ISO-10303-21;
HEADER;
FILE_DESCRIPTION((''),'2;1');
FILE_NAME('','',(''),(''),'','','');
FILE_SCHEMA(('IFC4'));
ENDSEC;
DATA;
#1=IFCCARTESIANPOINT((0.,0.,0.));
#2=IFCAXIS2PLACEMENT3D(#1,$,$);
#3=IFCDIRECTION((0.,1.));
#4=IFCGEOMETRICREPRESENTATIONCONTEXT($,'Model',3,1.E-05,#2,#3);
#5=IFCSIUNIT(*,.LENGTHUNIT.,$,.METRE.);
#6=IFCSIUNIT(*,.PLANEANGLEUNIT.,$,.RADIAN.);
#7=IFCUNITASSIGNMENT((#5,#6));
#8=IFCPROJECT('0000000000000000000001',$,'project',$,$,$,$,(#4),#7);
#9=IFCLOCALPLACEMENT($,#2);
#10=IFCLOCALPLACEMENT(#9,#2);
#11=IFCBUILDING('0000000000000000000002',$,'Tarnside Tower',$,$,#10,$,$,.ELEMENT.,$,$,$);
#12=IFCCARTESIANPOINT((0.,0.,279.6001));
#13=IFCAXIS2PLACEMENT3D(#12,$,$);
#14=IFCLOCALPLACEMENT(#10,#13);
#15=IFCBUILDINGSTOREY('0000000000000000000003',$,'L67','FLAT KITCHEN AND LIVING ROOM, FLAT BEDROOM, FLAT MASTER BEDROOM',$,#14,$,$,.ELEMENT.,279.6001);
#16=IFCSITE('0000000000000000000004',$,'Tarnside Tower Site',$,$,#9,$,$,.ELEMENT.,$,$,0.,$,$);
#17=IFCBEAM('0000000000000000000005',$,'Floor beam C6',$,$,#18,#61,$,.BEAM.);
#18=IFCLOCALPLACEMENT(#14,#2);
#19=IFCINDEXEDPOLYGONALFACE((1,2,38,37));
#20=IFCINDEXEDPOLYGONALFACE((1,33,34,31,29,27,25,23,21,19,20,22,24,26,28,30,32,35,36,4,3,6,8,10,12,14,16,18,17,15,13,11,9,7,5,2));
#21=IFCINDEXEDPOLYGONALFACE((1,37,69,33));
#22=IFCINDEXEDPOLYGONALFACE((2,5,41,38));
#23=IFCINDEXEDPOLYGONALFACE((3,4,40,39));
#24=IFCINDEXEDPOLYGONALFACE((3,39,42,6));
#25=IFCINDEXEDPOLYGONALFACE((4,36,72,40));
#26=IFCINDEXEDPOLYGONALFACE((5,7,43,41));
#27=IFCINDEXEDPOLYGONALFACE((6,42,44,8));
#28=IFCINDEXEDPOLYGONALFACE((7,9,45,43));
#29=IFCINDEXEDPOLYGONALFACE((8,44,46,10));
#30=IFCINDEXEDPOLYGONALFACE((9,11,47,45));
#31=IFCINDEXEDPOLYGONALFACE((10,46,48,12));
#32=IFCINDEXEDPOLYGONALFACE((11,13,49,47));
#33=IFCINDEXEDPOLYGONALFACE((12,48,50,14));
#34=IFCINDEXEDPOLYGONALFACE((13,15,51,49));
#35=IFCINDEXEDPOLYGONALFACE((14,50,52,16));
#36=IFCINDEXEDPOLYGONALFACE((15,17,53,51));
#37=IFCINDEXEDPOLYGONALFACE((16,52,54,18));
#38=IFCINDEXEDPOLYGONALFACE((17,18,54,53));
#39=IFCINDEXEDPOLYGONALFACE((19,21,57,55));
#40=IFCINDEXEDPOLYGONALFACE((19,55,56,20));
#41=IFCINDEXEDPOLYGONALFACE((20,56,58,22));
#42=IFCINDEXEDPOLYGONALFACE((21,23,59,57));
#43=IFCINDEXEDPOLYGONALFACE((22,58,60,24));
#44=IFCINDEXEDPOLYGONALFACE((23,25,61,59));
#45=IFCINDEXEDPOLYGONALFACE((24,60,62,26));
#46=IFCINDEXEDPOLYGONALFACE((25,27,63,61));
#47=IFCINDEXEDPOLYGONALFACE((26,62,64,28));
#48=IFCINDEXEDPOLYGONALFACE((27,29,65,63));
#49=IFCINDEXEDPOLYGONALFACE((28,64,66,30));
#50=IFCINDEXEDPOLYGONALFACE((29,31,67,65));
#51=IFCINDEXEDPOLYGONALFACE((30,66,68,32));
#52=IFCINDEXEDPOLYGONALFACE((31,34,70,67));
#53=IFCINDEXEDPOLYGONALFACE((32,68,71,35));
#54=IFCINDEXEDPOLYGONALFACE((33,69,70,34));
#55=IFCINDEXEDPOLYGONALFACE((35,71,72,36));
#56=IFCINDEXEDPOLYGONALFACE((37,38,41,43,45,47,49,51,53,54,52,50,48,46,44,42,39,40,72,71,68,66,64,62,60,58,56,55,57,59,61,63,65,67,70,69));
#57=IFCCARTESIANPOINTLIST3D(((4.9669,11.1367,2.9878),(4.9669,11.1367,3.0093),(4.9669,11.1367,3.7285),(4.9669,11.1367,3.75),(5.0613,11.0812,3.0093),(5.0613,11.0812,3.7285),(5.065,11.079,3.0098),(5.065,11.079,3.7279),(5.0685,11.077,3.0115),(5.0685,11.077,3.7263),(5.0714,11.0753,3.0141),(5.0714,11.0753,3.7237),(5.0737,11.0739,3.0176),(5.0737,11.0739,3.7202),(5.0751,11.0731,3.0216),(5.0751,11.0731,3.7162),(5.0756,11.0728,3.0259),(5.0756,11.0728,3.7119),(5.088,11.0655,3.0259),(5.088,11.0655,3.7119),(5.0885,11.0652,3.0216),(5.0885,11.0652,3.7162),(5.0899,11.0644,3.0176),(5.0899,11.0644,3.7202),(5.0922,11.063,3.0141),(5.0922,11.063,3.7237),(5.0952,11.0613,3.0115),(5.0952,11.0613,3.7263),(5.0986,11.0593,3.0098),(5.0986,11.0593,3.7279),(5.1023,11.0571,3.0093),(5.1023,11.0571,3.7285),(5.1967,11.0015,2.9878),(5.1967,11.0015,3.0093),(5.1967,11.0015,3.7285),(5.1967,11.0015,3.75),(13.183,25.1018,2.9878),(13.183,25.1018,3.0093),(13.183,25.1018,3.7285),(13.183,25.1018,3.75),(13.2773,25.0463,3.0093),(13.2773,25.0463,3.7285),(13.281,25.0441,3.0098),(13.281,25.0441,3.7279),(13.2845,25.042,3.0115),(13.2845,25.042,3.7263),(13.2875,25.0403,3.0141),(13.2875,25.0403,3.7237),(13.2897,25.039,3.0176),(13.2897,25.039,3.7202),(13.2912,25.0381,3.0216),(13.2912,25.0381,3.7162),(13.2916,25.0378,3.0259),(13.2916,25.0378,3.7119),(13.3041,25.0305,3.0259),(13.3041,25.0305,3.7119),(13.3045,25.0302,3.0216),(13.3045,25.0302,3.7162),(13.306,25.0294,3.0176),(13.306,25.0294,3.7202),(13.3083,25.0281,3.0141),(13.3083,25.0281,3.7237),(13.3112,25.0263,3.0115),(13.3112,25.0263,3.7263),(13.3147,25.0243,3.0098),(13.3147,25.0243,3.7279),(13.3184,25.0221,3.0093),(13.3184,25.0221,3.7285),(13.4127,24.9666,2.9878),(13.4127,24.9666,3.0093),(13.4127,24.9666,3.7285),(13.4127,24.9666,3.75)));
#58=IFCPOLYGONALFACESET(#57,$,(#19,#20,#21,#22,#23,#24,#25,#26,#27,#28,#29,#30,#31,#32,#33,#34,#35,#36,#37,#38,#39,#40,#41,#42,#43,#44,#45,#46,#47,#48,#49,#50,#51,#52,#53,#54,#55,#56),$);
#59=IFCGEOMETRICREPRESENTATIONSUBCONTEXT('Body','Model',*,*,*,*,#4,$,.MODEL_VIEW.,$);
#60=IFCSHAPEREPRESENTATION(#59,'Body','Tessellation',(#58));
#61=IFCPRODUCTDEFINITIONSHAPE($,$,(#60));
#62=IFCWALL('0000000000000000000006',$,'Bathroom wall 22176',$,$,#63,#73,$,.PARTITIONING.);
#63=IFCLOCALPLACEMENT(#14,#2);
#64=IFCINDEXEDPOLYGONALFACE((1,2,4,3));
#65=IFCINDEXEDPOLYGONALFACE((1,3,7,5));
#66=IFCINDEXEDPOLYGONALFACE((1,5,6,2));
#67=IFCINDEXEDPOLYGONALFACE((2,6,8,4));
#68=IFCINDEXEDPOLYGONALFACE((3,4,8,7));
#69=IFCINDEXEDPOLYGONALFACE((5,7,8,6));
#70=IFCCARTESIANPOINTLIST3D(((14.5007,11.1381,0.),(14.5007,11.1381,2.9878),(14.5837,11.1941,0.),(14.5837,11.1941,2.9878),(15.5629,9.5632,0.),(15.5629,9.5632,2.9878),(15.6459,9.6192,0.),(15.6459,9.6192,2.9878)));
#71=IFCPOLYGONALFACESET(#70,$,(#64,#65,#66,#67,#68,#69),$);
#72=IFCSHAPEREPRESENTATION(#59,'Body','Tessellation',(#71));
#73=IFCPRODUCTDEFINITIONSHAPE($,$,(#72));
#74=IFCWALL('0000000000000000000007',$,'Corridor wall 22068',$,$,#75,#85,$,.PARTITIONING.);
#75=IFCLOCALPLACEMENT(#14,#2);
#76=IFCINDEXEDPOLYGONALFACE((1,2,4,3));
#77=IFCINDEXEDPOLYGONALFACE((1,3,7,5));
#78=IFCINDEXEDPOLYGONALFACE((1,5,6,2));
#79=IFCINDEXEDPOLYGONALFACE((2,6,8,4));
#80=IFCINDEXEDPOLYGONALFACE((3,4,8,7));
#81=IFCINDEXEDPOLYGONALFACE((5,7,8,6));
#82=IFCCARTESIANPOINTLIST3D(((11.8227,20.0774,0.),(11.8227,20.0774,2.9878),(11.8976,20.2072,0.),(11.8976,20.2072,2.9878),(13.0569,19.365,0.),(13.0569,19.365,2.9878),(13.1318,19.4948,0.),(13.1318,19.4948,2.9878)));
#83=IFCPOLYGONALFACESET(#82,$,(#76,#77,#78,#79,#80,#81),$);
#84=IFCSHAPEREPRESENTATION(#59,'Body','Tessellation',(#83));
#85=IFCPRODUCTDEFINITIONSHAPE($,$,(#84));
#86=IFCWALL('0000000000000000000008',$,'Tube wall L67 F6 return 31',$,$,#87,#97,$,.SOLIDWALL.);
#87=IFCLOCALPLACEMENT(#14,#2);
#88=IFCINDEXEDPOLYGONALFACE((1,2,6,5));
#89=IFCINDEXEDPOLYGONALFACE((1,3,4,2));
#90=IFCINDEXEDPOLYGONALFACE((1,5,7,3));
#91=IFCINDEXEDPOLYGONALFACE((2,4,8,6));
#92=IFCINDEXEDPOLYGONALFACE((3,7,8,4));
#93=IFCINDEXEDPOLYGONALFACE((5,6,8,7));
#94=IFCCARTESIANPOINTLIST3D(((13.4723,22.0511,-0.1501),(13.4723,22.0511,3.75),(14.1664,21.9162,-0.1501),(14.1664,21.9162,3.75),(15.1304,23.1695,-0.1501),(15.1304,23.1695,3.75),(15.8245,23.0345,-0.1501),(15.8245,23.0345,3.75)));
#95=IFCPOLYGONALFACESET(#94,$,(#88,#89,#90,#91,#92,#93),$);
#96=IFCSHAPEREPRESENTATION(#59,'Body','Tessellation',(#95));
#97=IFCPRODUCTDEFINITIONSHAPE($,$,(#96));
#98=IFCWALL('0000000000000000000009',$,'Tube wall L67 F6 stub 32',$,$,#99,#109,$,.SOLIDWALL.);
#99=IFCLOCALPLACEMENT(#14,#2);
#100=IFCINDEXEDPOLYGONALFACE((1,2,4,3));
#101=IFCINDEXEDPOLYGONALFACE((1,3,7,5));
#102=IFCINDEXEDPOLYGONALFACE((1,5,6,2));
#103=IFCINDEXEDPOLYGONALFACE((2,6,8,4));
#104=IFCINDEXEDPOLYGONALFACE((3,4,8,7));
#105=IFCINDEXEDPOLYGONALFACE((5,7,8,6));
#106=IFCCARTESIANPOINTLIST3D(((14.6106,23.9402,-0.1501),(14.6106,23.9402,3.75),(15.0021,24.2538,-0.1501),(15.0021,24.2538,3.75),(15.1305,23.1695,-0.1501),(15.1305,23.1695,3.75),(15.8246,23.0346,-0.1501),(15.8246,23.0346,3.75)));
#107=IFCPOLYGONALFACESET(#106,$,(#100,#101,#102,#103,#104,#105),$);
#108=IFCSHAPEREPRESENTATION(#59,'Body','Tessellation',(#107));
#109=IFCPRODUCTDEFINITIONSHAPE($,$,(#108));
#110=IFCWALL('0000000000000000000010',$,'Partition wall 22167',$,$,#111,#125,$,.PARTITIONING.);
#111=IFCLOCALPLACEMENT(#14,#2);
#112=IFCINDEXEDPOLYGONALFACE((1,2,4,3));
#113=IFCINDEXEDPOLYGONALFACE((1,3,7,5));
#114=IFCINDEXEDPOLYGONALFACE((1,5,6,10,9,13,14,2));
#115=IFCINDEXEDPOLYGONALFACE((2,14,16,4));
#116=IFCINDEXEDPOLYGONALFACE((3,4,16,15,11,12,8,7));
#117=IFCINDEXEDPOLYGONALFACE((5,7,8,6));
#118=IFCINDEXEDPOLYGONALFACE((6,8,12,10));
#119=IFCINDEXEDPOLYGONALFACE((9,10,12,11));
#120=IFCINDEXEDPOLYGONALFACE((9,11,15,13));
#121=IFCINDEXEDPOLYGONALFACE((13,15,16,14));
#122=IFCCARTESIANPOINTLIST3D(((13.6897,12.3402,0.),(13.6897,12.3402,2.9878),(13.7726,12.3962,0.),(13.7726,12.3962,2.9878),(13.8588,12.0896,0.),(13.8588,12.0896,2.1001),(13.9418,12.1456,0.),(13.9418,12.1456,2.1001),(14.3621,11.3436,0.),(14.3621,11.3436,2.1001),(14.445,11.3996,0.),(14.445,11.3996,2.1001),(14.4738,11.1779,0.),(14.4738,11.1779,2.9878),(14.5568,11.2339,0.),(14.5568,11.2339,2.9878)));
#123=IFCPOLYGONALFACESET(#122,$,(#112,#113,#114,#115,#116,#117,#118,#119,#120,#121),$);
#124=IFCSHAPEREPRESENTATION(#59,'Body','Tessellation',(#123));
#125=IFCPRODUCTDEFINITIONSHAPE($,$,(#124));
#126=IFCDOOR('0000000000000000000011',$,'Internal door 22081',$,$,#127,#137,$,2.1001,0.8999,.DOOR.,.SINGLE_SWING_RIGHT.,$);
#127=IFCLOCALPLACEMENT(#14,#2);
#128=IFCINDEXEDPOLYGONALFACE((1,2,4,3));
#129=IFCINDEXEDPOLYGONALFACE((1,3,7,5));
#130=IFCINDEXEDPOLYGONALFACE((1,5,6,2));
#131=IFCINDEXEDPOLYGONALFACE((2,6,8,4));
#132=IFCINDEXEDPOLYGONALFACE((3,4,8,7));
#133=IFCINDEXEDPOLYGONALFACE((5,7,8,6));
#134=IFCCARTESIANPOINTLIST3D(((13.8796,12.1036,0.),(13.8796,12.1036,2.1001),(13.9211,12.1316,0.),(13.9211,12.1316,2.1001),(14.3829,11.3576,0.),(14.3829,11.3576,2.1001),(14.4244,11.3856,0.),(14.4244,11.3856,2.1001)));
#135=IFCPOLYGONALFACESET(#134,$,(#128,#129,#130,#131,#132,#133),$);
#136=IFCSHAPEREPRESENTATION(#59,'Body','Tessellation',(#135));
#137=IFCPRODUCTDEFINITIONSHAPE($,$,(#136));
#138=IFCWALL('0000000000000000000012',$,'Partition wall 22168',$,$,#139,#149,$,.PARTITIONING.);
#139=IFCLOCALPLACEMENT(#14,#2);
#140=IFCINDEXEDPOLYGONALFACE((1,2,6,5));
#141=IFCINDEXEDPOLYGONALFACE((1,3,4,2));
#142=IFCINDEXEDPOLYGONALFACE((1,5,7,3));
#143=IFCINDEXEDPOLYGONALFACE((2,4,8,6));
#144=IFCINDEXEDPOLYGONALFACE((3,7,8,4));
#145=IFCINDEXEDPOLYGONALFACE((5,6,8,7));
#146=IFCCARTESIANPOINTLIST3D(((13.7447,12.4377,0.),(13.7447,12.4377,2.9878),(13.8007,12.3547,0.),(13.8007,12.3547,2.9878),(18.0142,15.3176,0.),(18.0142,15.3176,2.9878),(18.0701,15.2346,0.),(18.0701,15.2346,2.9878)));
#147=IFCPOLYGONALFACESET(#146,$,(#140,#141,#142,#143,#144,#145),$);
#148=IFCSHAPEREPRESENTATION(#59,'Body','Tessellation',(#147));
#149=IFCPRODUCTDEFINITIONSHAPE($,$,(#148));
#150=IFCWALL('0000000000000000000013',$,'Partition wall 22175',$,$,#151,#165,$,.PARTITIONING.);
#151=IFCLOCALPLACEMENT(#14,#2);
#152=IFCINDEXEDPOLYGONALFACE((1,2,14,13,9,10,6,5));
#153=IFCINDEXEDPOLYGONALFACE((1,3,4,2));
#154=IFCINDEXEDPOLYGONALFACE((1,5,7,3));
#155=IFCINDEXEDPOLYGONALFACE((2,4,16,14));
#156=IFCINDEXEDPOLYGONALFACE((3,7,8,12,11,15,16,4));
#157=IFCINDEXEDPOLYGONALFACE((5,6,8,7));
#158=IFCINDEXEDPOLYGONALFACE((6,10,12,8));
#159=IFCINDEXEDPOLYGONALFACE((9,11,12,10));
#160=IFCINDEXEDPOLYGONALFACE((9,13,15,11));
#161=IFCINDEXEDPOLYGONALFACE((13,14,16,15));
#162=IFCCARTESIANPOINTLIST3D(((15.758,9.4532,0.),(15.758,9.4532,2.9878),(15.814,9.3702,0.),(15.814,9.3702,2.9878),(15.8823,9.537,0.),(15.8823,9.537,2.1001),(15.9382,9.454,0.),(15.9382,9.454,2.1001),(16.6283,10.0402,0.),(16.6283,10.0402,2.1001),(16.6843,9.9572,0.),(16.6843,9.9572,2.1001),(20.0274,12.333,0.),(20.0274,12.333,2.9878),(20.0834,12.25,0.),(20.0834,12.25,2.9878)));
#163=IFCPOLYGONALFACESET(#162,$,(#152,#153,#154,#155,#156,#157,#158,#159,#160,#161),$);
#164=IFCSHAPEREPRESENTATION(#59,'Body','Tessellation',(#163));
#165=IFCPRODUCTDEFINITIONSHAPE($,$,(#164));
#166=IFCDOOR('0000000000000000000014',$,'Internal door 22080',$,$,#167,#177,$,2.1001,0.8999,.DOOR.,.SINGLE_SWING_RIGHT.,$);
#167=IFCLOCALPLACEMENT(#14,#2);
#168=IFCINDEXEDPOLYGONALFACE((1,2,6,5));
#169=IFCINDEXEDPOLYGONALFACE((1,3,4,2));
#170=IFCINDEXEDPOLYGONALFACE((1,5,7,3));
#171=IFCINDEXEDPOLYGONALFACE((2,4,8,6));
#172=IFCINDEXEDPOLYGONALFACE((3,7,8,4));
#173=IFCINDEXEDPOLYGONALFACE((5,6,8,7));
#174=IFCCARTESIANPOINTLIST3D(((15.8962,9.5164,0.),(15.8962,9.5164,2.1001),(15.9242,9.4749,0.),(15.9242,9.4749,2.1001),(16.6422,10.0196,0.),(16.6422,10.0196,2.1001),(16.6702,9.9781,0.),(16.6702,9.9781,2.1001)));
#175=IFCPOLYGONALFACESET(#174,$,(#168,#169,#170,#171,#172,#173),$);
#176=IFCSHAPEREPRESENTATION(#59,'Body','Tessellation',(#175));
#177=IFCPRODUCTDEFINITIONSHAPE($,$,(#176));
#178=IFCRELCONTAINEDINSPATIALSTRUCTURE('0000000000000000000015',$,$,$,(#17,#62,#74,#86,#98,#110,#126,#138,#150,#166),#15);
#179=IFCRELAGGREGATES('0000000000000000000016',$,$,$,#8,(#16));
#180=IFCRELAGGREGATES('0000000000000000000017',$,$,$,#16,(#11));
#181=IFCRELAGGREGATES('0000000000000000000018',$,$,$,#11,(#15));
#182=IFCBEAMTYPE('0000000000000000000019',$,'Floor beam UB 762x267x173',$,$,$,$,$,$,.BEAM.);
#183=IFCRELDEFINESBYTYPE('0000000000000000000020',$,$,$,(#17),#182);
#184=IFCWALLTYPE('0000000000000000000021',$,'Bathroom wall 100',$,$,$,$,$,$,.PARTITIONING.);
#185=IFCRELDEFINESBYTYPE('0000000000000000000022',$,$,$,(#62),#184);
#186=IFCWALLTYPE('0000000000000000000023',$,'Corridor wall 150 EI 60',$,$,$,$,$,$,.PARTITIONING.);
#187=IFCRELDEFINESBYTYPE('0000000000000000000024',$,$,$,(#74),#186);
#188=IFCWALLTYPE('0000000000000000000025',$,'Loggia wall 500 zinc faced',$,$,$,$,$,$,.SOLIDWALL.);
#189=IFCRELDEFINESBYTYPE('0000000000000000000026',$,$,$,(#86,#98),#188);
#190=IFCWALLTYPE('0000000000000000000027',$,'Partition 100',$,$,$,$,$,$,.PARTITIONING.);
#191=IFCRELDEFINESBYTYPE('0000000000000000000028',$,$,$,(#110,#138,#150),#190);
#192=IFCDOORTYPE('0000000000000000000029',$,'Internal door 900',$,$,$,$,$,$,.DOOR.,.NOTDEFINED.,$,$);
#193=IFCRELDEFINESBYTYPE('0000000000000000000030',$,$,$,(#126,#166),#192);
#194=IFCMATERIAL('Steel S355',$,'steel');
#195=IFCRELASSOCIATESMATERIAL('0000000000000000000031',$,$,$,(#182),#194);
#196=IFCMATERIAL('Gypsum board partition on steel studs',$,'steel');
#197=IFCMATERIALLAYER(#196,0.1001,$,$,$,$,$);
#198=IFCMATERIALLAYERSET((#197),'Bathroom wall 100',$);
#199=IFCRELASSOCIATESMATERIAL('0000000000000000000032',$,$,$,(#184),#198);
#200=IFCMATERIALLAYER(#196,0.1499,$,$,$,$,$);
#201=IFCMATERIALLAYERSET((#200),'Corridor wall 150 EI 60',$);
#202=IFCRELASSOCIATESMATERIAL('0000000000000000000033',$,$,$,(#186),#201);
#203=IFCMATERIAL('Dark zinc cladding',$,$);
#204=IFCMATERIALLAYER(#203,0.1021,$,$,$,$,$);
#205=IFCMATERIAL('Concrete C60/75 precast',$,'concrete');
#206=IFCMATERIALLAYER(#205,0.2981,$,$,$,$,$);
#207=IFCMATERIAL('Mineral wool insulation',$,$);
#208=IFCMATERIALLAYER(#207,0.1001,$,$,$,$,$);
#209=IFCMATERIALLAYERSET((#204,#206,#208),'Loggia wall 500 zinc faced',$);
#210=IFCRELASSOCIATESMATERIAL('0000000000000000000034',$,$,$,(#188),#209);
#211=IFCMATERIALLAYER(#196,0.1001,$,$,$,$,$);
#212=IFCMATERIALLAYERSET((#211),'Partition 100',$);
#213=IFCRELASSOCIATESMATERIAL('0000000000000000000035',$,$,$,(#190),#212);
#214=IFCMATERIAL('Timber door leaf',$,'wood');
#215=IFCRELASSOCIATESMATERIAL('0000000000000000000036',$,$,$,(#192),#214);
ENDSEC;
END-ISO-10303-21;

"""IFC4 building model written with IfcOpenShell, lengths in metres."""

from ifc_helpers import new_model, si_unit, direction, frame, frame_2d, origin, origin_2d, place, context, subcontext, project, spatial, polyline, rectangle, i_section, outline, extrude, material, layer, layer_set, material_profile, profile_set, type_object, element, fill, save


model = new_model("IFC4")

# Units and contexts
model_context = context("Model", 3, precision=1e-05, world=origin(), true_north=direction((0.0, 1.0)))
body_context = subcontext(model_context, "Body", "Model", "MODEL_VIEW")
ifc_project = project(units=[si_unit("LENGTHUNIT", "METRE"), si_unit("PLANEANGLEUNIT", "RADIAN")], contexts=[model_context])

# Site, building, storey
site_placement = place(None, origin())
site = spatial("IfcSite", under=ifc_project, at=site_placement, Name="Tarnside Tower Site", CompositionType="ELEMENT", RefElevation=0.0)
building_placement = place(site_placement, origin())
building = spatial("IfcBuilding", under=site, at=building_placement, Name="Tarnside Tower", CompositionType="ELEMENT")
storey_placement = place(building_placement, frame((0.0, 0.0, 279.6001)))
storey = spatial("IfcBuildingStorey", under=building, at=storey_placement, Name="L67", Description="FLAT KITCHEN AND LIVING ROOM, FLAT BEDROOM, FLAT MASTER BEDROOM", CompositionType="ELEMENT", Elevation=279.6001)

# Beam
ifc_material_1 = material(Name="Steel S355", Category="steel")
ifc_material_profile_1 = material_profile(ifc_material_1, i_section(OverallWidth=0.2666, OverallDepth=0.7622, WebThickness=0.0144, FlangeThickness=0.0215, FilletRadius=0.0166, at=origin_2d()), Name="UB 762x267x173")
ifc_profile_set_1 = profile_set([ifc_material_profile_1], Name="Steel S355")
beam_type_1 = type_object("IfcBeamType", Name="Floor beam UB 762x267x173", PredefinedType="BEAM", material=ifc_profile_set_1)
beam_1_placement = place(storey_placement, frame((13.2979, 25.0342, 3.3689), z_axis=(-0.50708, -0.861899, 0.0), x_axis=(0.861899, -0.50708, 0.0)))
element("IfcBeam", 1, at=beam_1_placement, inside=storey, type_object=beam_type_1, Name="Floor beam C6", PredefinedType="BEAM", context=body_context, shape_type="SweptSolid", body=[
    extrude(i_section(OverallWidth=0.2666, OverallDepth=0.7622, WebThickness=0.0144, FlangeThickness=0.0215, FilletRadius=0.0166, at=origin_2d()), origin(), (0.0, 0.0, 1.0), 16.2026),
])

# Walls
ifc_material_2 = material(Name="Gypsum board partition on steel studs", Category="steel")
ifc_layer_1 = layer(ifc_material_2, 0.1001)
ifc_layer_set_1 = layer_set([ifc_layer_1], Name="Bathroom wall 100")
wall_type_1 = type_object("IfcWallType", Name="Bathroom wall 100", PredefinedType="PARTITIONING", material=ifc_layer_set_1)
wall_1_placement = place(storey_placement, frame((14.5422, 11.166, 0.0), z_axis=(0.0, 0.0, 1.0), x_axis=(0.55917, -0.829053, 0.0)))
element("IfcWall", 2, at=wall_1_placement, inside=storey, type_object=wall_type_1, Name="Bathroom wall 22176", PredefinedType="PARTITIONING", context=body_context, shape_type="SweptSolid", body=[
    extrude(rectangle(XDim=1.8997, YDim=0.1001, at=frame_2d((0.9497, 0.0))), origin(), (0.0, 0.0, 1.0), 2.9878),
])
ifc_layer_2 = layer(ifc_material_2, 0.1499)
ifc_layer_set_2 = layer_set([ifc_layer_2], Name="Corridor wall 150 EI 60")
wall_type_2 = type_object("IfcWallType", Name="Corridor wall 150 EI 60", PredefinedType="PARTITIONING", material=ifc_layer_set_2)
wall_2_placement = place(storey_placement, frame((13.0942, 19.4299, 0.0), z_axis=(0.0, 0.0, 1.0), x_axis=(-0.866063, 0.499935, 0.0)))
element("IfcWall", 3, at=wall_2_placement, inside=storey, type_object=wall_type_2, Name="Corridor wall 22068", PredefinedType="PARTITIONING", context=body_context, shape_type="SweptSolid", body=[
    extrude(rectangle(XDim=1.425, YDim=0.1499, at=frame_2d((0.7124, 0.0))), origin(), (0.0, 0.0, 1.0), 2.9878),
])
ifc_material_3 = material(Name="Dark zinc cladding")
ifc_layer_3 = layer(ifc_material_3, 0.1021)
ifc_material_4 = material(Name="Concrete C60/75 precast", Category="concrete")
ifc_layer_4 = layer(ifc_material_4, 0.2981)
ifc_material_5 = material(Name="Mineral wool insulation")
ifc_layer_5 = layer(ifc_material_5, 0.1001)
ifc_layer_set_3 = layer_set([ifc_layer_3, ifc_layer_4, ifc_layer_5], Name="Loggia wall 500 zinc faced")
wall_type_3 = type_object("IfcWallType", Name="Loggia wall 500 zinc faced", PredefinedType="SOLIDWALL", material=ifc_layer_set_3)
wall_3_placement = place(storey_placement, frame((13.8193, 21.9836, -0.1501), z_axis=(0.0, 0.0, 1.0), x_axis=(0.829052, 0.559171, 0.0)))
element("IfcWall", 4, at=wall_3_placement, inside=storey, type_object=wall_type_3, Name="Tube wall L67 F6 return 31", PredefinedType="SOLIDWALL", context=body_context, shape_type="SweptSolid", body=[
    extrude(outline(polyline([(0.25, -0.25), (2.25, -0.25), (1.75, 0.25), (-0.25, 0.25), (0.25, -0.25)])), origin(), (0.0, 0.0, 1.0), 3.9001),
])
wall_4_placement = place(storey_placement, frame((15.4775, 23.1021, -0.1501), z_axis=(0.0, 0.0, 1.0), x_axis=(-0.559246, 0.829002, 0.0)))
element("IfcWall", 5, at=wall_4_placement, inside=storey, type_object=wall_type_3, Name="Tube wall L67 F6 stub 32", PredefinedType="SOLIDWALL", context=body_context, shape_type="SweptSolid", body=[
    extrude(outline(polyline([(-0.25, -0.25), (1.2207, -0.25), (1.1797, 0.25), (0.25, 0.25), (-0.25, -0.25)])), origin(), (0.0, 0.0, 1.0), 3.9001),
])

# Wall, opening, door
ifc_layer_6 = layer(ifc_material_2, 0.1001)
ifc_layer_set_4 = layer_set([ifc_layer_6], Name="Partition 100")
wall_type_4 = type_object("IfcWallType", Name="Partition 100", PredefinedType="PARTITIONING", material=ifc_layer_set_4)
wall_5_placement = place(storey_placement, frame((14.5154, 11.2058, 0.0), z_axis=(0.0, 0.0, 1.0), x_axis=(-0.559272, 0.828984, 0.0)))
wall_5 = element("IfcWall", 6, at=wall_5_placement, inside=storey, type_object=wall_type_4, Name="Partition wall 22167", PredefinedType="PARTITIONING", context=body_context, shape_type="SweptSolid", body=[
    extrude(rectangle(XDim=1.4021, YDim=0.1001, at=frame_2d((0.7012, 0.0))), origin(), (0.0, 0.0, 1.0), 2.9878),
])
opening_1_placement = place(wall_5_placement, frame((0.2, 0.0, 0.0)))
opening_1 = element("IfcOpeningElement", 7, at=opening_1_placement, cuts=wall_5, PredefinedType="OPENING", context=body_context, shape_type="SweptSolid", body=[
    extrude(rectangle(XDim=0.8999, YDim=2.1001, at=frame_2d((0.45, 1.05))), frame((0.0, 0.0601, 0.0), z_axis=(0.0, -1.0, 0.0), x_axis=(1.0, 0.0, 0.0)), (0.0, 0.0, 1.0), 0.1201),
])
ifc_material_6 = material(Name="Timber door leaf", Category="wood")
door_type = type_object("IfcDoorType", Name="Internal door 900", OperationType="NOTDEFINED", PredefinedType="DOOR", material=ifc_material_6)
door_1_placement = place(opening_1_placement, origin())
door_1 = element("IfcDoor", 8, at=door_1_placement, inside=storey, type_object=door_type, Name="Internal door 22081", OperationType="SINGLE_SWING_RIGHT", OverallHeight=2.1001, OverallWidth=0.8999, PredefinedType="DOOR", context=body_context, shape_type="SweptSolid", body=[
    extrude(rectangle(XDim=0.8999, YDim=2.1001, at=frame_2d((0.45, 1.05))), frame((0.0, 0.0249, 0.0), z_axis=(0.0, -1.0, 0.0), x_axis=(1.0, 0.0, 0.0)), (0.0, 0.0, 1.0), 0.05),
])
fill(opening_1, door_1)

# Wall
wall_6_placement = place(storey_placement, frame((13.7727, 12.3962, 0.0), z_axis=(0.0, 0.0, 1.0), x_axis=(0.829033, 0.559199, 0.0)))
element("IfcWall", 9, at=wall_6_placement, inside=storey, type_object=wall_type_4, Name="Partition wall 22168", PredefinedType="PARTITIONING", context=body_context, shape_type="SweptSolid", body=[
    extrude(rectangle(XDim=5.1499, YDim=0.1001, at=frame_2d((2.575, 0.0))), origin(), (0.0, 0.0, 1.0), 2.9878),
])

# Wall, opening, door
wall_7_placement = place(storey_placement, frame((20.0554, 12.2915, 0.0), z_axis=(0.0, 0.0, 1.0), x_axis=(-0.829033, -0.559199, 0.0)))
wall_7 = element("IfcWall", 10, at=wall_7_placement, inside=storey, type_object=wall_type_4, Name="Partition wall 22175", PredefinedType="PARTITIONING", context=body_context, shape_type="SweptSolid", body=[
    extrude(rectangle(XDim=5.1499, YDim=0.1001, at=frame_2d((2.575, 0.0))), origin(), (0.0, 0.0, 1.0), 2.9878),
])
opening_2_placement = place(wall_7_placement, frame((4.1001, 0.0, 0.0)))
opening_2 = element("IfcOpeningElement", 11, at=opening_2_placement, cuts=wall_7, PredefinedType="OPENING", context=body_context, shape_type="SweptSolid", body=[
    extrude(rectangle(XDim=0.8999, YDim=2.1001, at=frame_2d((0.45, 1.05))), frame((0.0, 0.0601, 0.0), z_axis=(0.0, -1.0, 0.0), x_axis=(1.0, 0.0, 0.0)), (0.0, 0.0, 1.0), 0.1201),
])
door_2_placement = place(opening_2_placement, origin())
door_2 = element("IfcDoor", 12, at=door_2_placement, inside=storey, type_object=door_type, Name="Internal door 22080", OperationType="SINGLE_SWING_RIGHT", OverallHeight=2.1001, OverallWidth=0.8999, PredefinedType="DOOR", context=body_context, shape_type="SweptSolid", body=[
    extrude(rectangle(XDim=0.8999, YDim=2.1001, at=frame_2d((0.45, 1.05))), frame((0.0, 0.0249, 0.0), z_axis=(0.0, -1.0, 0.0), x_axis=(1.0, 0.0, 0.0)), (0.0, 0.0, 1.0), 0.05),
])
fill(opening_2, door_2)

save(model, "model.ifc")
